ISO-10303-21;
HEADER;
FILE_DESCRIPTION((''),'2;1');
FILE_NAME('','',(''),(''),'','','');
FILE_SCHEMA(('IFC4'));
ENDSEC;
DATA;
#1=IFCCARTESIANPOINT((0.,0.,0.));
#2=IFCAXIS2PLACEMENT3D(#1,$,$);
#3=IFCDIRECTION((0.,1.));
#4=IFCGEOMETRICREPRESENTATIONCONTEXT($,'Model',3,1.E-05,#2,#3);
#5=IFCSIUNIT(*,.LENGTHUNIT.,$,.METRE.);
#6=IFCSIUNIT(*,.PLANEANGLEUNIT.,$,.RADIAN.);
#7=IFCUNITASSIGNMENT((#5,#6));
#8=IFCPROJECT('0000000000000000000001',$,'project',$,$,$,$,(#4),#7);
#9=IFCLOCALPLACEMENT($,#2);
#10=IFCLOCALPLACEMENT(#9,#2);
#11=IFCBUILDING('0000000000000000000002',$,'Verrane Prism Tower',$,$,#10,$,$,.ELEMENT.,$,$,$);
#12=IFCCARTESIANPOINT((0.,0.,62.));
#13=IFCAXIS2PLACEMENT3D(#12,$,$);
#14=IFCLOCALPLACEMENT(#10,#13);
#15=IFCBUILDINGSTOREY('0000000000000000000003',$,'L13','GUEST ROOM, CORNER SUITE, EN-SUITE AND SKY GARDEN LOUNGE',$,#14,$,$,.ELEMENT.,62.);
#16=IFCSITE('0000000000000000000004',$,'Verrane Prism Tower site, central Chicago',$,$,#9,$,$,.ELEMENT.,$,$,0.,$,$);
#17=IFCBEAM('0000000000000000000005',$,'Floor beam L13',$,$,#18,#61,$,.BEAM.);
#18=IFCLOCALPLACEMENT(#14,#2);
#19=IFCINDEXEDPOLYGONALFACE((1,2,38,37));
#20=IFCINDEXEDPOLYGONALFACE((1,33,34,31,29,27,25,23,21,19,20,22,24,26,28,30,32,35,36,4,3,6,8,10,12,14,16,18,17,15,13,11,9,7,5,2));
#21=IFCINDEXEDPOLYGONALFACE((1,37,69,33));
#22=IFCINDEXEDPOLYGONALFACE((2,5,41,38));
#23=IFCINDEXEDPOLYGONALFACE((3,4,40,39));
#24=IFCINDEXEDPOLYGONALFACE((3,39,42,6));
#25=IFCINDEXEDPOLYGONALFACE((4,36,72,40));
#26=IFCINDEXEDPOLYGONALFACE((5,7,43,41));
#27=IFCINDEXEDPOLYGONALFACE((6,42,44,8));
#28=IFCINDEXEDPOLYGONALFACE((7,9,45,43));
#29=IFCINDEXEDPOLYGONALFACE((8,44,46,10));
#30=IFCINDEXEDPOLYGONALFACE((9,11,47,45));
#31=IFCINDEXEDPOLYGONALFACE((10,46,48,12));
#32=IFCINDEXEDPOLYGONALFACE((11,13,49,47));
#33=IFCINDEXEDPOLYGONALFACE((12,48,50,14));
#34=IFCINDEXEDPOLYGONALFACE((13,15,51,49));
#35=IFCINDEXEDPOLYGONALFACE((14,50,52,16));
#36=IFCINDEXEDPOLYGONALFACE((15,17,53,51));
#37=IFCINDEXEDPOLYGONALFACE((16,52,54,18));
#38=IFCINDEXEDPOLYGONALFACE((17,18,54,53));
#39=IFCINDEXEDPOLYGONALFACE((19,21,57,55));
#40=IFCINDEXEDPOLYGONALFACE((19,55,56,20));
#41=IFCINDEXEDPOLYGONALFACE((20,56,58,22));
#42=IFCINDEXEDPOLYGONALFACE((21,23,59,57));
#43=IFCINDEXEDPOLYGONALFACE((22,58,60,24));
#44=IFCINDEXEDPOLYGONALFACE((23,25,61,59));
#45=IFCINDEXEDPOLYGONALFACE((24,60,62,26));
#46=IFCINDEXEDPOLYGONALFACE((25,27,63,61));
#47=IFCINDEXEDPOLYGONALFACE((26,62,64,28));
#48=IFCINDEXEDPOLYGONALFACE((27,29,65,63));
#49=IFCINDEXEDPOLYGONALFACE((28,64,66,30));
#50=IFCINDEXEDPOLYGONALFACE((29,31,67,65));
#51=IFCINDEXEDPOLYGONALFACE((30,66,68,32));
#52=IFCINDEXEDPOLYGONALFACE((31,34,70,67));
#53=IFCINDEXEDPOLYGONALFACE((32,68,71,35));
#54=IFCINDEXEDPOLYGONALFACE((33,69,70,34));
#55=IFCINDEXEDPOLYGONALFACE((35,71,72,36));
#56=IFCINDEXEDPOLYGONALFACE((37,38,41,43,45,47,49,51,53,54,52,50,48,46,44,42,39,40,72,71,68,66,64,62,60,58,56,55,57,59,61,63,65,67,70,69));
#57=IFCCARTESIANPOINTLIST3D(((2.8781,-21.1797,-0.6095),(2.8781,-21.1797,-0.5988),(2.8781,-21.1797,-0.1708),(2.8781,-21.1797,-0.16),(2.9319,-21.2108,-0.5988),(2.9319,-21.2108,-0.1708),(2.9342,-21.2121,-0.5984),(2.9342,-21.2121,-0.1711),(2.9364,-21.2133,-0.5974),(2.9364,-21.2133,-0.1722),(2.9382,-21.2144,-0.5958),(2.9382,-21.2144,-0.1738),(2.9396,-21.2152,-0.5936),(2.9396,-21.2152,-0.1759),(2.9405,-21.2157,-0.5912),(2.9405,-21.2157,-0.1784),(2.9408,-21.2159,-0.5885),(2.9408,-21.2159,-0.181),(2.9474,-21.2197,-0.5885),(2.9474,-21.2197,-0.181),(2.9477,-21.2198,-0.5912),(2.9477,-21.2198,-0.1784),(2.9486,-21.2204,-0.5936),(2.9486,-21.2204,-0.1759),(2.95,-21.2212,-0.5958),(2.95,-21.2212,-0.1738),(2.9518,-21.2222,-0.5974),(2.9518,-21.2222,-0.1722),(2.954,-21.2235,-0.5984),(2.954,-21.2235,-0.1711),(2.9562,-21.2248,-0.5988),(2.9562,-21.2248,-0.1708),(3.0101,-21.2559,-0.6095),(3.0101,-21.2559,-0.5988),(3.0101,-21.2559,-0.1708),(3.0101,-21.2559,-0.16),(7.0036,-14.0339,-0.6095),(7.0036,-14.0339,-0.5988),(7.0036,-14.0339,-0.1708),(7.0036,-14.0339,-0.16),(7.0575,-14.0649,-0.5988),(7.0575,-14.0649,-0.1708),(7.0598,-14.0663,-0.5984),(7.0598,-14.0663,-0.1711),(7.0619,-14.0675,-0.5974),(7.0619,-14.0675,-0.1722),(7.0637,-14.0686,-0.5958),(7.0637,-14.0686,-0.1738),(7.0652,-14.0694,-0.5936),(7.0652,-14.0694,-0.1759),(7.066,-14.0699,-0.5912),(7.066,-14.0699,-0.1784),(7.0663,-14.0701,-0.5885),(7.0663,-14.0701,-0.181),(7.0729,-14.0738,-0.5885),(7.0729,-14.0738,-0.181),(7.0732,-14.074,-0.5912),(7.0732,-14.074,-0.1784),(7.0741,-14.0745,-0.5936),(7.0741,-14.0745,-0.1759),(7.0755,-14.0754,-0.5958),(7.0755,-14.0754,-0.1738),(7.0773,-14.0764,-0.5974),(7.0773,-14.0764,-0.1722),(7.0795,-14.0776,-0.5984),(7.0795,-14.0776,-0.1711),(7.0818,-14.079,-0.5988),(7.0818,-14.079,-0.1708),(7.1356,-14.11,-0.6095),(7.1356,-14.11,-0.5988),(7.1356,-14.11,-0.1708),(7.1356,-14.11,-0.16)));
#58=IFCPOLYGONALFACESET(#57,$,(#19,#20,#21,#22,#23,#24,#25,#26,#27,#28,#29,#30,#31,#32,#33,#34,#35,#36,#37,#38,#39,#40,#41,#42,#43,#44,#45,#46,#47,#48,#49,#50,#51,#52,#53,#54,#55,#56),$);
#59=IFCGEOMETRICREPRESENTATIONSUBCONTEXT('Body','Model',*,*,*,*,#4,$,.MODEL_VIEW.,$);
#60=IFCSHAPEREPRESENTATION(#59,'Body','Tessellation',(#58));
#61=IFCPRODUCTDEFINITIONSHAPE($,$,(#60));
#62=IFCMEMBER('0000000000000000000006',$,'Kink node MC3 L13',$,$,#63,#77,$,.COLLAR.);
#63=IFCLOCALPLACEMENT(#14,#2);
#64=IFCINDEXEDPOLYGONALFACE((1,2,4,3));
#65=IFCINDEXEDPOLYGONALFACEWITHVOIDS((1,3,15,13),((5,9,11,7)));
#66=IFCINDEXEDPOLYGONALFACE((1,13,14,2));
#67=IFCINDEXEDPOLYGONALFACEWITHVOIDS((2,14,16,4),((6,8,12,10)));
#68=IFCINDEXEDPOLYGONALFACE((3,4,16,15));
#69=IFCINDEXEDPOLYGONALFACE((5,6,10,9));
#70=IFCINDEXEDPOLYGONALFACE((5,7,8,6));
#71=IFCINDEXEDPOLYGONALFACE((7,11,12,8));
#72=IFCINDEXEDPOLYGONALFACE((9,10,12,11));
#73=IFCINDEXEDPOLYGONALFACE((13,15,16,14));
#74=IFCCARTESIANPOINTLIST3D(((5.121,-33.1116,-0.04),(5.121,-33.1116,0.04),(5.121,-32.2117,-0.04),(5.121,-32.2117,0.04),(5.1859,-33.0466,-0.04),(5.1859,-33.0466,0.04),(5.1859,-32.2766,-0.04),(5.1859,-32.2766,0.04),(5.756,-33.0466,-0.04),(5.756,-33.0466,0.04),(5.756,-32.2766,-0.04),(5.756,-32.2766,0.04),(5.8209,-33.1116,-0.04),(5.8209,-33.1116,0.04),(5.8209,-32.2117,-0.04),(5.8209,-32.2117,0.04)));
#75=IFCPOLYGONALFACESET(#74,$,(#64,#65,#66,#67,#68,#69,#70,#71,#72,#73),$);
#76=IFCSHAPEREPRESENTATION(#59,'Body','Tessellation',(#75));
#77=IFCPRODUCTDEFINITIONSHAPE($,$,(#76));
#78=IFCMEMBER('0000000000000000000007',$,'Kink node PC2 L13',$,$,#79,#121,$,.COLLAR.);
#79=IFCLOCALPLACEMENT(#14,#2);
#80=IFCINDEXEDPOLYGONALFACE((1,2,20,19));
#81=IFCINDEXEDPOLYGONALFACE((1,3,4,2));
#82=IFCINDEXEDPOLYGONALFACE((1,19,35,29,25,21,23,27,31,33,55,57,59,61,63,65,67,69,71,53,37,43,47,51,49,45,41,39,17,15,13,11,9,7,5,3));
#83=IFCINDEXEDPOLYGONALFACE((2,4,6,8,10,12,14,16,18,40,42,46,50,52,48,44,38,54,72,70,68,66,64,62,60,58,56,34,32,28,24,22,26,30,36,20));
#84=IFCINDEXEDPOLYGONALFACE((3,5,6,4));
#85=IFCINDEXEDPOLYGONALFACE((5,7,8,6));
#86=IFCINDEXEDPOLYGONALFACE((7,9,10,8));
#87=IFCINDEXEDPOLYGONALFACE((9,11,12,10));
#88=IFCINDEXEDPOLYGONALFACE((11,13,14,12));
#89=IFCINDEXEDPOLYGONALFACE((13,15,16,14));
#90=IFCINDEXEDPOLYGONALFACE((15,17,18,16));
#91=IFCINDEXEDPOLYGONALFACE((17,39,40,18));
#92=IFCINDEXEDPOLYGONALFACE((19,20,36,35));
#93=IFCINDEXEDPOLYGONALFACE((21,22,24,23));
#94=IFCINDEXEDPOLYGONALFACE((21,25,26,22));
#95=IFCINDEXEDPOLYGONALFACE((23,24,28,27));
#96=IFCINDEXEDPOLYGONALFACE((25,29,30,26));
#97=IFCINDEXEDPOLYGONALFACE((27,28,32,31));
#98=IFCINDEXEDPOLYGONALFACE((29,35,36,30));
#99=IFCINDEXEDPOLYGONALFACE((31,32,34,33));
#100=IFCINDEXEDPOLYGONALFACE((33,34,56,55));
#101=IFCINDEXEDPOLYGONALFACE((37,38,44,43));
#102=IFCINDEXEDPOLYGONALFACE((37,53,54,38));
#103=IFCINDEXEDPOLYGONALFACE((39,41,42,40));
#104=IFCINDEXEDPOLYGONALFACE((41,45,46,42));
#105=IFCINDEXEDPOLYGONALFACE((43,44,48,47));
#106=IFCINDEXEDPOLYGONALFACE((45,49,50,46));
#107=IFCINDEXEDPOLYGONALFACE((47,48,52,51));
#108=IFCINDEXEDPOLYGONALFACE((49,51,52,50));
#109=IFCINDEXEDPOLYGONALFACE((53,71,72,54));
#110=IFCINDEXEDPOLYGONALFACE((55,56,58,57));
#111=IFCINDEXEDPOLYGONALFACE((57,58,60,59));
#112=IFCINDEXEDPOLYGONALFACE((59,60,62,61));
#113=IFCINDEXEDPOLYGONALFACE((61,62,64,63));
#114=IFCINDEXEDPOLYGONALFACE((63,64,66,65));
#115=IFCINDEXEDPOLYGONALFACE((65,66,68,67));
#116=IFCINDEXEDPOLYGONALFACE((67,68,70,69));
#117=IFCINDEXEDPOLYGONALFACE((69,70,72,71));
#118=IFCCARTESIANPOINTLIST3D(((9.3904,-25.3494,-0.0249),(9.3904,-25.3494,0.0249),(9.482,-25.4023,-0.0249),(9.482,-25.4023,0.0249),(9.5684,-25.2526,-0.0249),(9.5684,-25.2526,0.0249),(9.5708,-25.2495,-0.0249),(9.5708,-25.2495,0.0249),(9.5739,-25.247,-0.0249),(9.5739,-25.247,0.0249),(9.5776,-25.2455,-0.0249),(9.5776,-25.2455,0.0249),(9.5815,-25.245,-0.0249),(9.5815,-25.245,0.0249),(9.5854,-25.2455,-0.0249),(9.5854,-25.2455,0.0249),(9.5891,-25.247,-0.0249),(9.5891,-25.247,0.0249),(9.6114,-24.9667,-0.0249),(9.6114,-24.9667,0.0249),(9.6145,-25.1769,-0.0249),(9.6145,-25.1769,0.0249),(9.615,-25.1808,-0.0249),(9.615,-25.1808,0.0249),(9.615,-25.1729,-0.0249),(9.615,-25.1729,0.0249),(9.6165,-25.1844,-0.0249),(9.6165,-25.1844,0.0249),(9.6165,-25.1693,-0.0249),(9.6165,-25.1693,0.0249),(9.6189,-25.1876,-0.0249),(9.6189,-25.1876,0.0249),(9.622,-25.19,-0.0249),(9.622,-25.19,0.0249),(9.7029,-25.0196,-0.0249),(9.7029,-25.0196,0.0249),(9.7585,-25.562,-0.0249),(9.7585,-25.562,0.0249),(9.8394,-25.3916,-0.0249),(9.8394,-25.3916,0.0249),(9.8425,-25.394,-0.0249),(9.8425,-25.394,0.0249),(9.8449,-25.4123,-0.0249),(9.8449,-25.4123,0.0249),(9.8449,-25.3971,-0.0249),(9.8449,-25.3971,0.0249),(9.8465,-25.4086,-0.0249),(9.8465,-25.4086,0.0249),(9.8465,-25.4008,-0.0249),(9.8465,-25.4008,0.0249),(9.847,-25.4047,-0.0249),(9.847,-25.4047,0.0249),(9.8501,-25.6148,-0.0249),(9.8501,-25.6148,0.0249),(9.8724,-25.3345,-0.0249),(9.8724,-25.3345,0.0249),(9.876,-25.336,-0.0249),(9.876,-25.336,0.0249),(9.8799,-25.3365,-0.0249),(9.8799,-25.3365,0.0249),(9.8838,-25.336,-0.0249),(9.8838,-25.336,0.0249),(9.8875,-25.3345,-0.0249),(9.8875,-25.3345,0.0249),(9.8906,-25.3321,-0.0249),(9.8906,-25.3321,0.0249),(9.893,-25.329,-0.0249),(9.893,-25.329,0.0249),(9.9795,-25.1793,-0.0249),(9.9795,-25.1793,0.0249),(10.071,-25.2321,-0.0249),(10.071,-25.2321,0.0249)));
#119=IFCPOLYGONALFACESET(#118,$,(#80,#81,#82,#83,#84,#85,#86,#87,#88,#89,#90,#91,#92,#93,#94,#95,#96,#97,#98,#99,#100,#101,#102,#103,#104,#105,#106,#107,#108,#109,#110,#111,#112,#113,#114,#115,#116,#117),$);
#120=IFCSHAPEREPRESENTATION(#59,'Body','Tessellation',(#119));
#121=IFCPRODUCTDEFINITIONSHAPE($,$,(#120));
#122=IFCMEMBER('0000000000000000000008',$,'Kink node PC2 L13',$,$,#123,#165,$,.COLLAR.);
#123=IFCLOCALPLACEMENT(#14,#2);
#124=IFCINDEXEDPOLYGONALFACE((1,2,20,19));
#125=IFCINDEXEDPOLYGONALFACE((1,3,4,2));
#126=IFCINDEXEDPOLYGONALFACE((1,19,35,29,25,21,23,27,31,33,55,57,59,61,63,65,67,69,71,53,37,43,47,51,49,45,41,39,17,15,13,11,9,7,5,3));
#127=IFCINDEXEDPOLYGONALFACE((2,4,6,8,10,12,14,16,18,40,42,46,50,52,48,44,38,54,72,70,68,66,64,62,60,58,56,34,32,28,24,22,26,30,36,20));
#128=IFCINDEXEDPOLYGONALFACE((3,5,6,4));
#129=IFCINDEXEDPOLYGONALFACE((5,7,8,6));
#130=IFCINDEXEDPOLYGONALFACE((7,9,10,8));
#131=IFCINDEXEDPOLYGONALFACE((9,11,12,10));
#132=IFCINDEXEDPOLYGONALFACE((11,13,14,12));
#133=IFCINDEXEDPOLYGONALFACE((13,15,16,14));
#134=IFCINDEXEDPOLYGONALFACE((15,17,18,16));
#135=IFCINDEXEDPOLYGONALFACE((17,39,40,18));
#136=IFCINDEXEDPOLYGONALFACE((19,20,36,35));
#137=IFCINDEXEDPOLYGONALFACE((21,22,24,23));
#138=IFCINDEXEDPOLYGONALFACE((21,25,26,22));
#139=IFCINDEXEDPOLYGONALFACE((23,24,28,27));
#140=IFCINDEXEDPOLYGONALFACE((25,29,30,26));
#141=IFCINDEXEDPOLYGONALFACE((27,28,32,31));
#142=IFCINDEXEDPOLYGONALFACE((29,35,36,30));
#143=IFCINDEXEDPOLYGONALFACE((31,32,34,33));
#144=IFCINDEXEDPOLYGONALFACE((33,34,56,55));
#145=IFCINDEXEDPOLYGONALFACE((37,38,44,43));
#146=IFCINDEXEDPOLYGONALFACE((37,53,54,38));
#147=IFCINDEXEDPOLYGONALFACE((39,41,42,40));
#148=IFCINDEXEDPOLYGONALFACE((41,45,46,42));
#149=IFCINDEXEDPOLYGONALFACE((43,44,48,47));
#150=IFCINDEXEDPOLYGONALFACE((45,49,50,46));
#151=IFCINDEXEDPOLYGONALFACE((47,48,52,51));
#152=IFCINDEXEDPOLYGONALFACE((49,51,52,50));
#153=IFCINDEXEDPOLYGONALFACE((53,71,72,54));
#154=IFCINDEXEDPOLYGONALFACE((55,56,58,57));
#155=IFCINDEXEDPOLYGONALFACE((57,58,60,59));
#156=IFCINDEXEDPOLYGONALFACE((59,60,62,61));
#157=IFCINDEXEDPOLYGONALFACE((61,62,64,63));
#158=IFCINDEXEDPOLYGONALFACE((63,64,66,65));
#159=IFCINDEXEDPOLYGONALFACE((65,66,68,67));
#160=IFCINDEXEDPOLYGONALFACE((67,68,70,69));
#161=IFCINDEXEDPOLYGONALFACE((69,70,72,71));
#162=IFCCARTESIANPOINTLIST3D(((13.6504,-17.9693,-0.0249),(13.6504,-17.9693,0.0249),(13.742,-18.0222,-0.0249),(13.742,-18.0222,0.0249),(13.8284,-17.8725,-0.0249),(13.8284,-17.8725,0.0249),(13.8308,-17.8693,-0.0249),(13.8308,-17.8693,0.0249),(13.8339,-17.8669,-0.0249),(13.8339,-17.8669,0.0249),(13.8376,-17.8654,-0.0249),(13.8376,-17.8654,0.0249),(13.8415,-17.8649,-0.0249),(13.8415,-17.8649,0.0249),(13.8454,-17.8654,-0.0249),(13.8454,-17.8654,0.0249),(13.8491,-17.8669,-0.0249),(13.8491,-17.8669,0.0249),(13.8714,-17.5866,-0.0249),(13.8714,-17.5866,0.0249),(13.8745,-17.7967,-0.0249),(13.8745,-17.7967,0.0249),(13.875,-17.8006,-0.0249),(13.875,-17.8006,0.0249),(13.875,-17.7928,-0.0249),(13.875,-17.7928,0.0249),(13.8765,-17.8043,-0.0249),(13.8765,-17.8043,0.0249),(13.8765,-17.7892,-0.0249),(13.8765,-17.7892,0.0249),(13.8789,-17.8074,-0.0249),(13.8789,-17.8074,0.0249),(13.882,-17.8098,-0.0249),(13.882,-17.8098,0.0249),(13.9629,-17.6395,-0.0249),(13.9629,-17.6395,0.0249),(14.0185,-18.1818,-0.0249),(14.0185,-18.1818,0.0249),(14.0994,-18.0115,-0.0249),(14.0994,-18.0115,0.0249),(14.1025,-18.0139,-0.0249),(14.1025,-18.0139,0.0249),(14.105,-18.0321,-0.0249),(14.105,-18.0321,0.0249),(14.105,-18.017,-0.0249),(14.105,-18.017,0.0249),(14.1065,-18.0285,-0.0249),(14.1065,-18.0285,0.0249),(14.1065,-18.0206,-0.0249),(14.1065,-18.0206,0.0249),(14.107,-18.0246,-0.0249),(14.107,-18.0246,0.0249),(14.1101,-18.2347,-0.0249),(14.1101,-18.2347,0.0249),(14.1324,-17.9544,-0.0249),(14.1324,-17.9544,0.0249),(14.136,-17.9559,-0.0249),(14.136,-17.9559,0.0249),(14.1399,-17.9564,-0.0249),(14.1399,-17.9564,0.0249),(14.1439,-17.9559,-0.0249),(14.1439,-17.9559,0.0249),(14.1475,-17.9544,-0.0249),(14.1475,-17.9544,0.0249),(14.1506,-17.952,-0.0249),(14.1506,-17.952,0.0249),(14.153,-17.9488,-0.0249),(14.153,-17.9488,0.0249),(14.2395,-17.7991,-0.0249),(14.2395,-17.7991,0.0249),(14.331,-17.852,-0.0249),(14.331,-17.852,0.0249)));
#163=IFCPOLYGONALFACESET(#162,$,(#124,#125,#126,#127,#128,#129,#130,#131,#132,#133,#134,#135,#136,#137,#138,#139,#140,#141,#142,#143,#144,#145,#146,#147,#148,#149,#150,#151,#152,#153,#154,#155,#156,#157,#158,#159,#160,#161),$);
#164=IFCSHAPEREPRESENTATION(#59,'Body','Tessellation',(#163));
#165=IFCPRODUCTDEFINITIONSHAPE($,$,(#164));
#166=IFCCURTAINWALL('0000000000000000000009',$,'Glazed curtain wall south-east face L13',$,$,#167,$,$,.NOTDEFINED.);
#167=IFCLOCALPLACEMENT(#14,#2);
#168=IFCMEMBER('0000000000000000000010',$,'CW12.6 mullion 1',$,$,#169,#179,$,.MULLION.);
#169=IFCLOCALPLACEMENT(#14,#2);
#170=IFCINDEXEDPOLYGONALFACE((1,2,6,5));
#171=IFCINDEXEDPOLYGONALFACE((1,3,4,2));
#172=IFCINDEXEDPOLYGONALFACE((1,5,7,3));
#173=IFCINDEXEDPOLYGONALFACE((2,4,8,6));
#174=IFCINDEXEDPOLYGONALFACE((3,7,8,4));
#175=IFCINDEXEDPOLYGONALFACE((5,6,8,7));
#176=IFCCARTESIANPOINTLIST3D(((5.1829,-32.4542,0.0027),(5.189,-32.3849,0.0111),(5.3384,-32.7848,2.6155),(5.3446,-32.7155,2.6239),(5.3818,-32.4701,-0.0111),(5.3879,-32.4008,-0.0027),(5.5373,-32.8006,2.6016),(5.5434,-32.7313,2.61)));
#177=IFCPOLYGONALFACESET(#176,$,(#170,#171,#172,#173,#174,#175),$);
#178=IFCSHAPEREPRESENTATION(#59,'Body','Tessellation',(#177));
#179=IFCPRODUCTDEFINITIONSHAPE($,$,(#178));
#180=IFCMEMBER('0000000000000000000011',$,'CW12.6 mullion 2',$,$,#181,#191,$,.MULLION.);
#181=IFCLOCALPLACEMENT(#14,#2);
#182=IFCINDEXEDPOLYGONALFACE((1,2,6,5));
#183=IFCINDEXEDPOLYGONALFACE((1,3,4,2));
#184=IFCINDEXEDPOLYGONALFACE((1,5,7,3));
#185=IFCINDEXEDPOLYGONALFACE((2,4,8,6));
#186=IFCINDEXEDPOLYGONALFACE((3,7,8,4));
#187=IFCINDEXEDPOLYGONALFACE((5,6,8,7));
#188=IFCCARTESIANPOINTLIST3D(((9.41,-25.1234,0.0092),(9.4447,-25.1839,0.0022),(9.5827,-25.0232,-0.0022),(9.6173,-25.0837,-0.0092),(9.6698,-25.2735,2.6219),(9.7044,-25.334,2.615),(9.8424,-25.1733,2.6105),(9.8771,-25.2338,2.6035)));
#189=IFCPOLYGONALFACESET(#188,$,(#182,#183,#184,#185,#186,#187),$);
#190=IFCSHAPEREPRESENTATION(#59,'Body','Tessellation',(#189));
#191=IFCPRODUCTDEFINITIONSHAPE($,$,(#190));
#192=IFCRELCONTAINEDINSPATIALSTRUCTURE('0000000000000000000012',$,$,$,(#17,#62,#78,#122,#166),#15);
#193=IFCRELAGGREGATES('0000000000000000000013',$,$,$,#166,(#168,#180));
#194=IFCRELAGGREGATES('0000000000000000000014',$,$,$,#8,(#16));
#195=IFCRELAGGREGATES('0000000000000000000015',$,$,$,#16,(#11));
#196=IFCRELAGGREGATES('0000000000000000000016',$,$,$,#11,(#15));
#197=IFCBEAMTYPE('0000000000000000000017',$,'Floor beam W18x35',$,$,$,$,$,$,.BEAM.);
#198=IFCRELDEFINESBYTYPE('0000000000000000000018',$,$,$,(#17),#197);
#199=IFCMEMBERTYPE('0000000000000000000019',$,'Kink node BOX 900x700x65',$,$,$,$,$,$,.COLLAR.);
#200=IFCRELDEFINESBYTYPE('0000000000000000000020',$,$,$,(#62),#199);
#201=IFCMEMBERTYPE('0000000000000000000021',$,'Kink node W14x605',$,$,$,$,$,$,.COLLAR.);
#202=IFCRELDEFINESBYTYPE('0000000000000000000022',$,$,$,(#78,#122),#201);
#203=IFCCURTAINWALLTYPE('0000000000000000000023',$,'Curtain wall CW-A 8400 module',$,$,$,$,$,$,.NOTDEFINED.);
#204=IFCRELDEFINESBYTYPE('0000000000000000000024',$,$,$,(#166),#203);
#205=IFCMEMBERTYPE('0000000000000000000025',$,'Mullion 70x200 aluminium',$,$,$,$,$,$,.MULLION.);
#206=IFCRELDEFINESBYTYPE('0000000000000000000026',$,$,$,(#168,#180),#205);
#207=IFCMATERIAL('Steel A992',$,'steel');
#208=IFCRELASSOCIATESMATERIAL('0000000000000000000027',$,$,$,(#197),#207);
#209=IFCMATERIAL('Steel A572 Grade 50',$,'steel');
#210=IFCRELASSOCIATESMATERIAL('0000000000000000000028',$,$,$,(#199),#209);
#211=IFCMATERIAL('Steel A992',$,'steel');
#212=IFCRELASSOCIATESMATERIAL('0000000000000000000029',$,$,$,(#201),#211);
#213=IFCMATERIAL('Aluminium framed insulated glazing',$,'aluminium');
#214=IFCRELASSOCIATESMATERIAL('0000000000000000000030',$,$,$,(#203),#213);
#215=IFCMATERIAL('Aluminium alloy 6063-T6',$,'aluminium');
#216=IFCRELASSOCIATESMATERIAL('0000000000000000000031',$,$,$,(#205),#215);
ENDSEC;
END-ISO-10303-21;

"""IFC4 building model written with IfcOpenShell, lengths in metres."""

from ifc_helpers import new_model, si_unit, direction, frame, origin, origin_2d, place, context, subcontext, project, spatial, rectangle, hollow_rectangle, i_section, extrude, material, material_profile, profile_set, type_object, element, aggregate, save


model = new_model("IFC4")

# Units and contexts
model_context = context("Model", 3, precision=1e-05, world=origin(), true_north=direction((0.0, 1.0)))
body_context = subcontext(model_context, "Body", "Model", "MODEL_VIEW")
ifc_project = project(units=[si_unit("LENGTHUNIT", "METRE"), si_unit("PLANEANGLEUNIT", "RADIAN")], contexts=[model_context])

# Site, building, storey
site_placement = place(None, origin())
site = spatial("IfcSite", under=ifc_project, at=site_placement, Name="Verrane Prism Tower site, central Chicago", CompositionType="ELEMENT", RefElevation=0.0)
building_placement = place(site_placement, origin())
building = spatial("IfcBuilding", under=site, at=building_placement, Name="Verrane Prism Tower", CompositionType="ELEMENT")
storey_placement = place(building_placement, frame((0.0, 0.0, 62.0)))
storey = spatial("IfcBuildingStorey", under=building, at=storey_placement, Name="L13", Description="GUEST ROOM, CORNER SUITE, EN-SUITE AND SKY GARDEN LOUNGE", CompositionType="ELEMENT", Elevation=62.0)

# Beam
ifc_material_1 = material(Name="Steel A992", Category="steel")
ifc_material_profile_1 = material_profile(ifc_material_1, i_section(OverallWidth=0.1523, OverallDepth=0.4495, WebThickness=0.0076, FlangeThickness=0.0107, FilletRadius=0.0103, at=origin_2d()), Name="W18x35")
ifc_profile_set_1 = profile_set([ifc_material_profile_1], Name="Steel A992")
beam_type_1 = type_object("IfcBeamType", Name="Floor beam W18x35", PredefinedType="BEAM", material=ifc_profile_set_1)
beam_1_placement = place(storey_placement, frame((2.9441, -21.2178, -0.3848), z_axis=(0.49999, 0.866031, 0.0), x_axis=(-0.866031, 0.49999, 0.0)))
element("IfcBeam", 1, at=beam_1_placement, inside=storey, type_object=beam_type_1, Name="Floor beam L13", PredefinedType="BEAM", context=body_context, shape_type="SweptSolid", body=[
    extrude(i_section(OverallWidth=0.1523, OverallDepth=0.4495, WebThickness=0.0076, FlangeThickness=0.0107, FilletRadius=0.0103, at=origin_2d()), origin(), (0.0, 0.0, 1.0), 8.2512),
])

# Members
ifc_material_2 = material(Name="Steel A572 Grade 50", Category="steel")
ifc_material_profile_2 = material_profile(ifc_material_2, hollow_rectangle(XDim=0.7, YDim=0.8999, WallThickness=0.0649, at=origin_2d()), Name="BOX 900x700x65")
ifc_profile_set_2 = profile_set([ifc_material_profile_2], Name="Steel A572 Grade 50")
member_type_1 = type_object("IfcMemberType", Name="Kink node BOX 900x700x65", PredefinedType="COLLAR", material=ifc_profile_set_2)
member_1_placement = place(storey_placement, frame((5.4709, -32.6616, -0.04), z_axis=(0.0, 0.0, 1.0), x_axis=(-1.0, 0.0, 0.0)))
element("IfcMember", 2, at=member_1_placement, inside=storey, type_object=member_type_1, Name="Kink node MC3 L13", PredefinedType="COLLAR", context=body_context, shape_type="SweptSolid", body=[
    extrude(hollow_rectangle(XDim=0.7, YDim=0.8999, WallThickness=0.0649, at=origin_2d()), origin(), (0.0, 0.0, 1.0), 0.0801),
])
ifc_material_3 = material(Name="Steel A992", Category="steel")
ifc_material_profile_3 = material_profile(ifc_material_3, i_section(OverallWidth=0.4419, OverallDepth=0.5308, WebThickness=0.0659, FlangeThickness=0.1057, FilletRadius=0.0151, at=origin_2d()), Name="W14x605")
ifc_profile_set_3 = profile_set([ifc_material_profile_3], Name="Steel A992")
member_type_2 = type_object("IfcMemberType", Name="Kink node W14x605", PredefinedType="COLLAR", material=ifc_profile_set_3)
for number, where, z_axis, x_axis, name in (
    (3, (9.7307, -25.2908, -0.0249), (0.0, 0.0, 1.0), (-0.5, -0.866025, 0.0), "Kink node PC2 L13"),
    (4, (13.9907, -17.9106, -0.0249), (0.0, 0.0, 1.0), (-0.5, -0.866025, 0.0), "Kink node PC2 L13"),
):
    element("IfcMember", number, at=place(storey_placement, frame(where, z_axis=z_axis, x_axis=x_axis)), inside=storey, type_object=member_type_2, Name=name, PredefinedType="COLLAR", context=body_context, shape_type="SweptSolid", body=[
        extrude(i_section(OverallWidth=0.4419, OverallDepth=0.5308, WebThickness=0.0659, FlangeThickness=0.1057, FilletRadius=0.0151, at=origin_2d()), origin(), (0.0, 0.0, 1.0), 0.0498),
    ])

# Curtain wall, members
ifc_material_4 = material(Name="Aluminium framed insulated glazing", Category="aluminium")
curtain_wall_type = type_object("IfcCurtainWallType", Name="Curtain wall CW-A 8400 module", PredefinedType="NOTDEFINED", material=ifc_material_4)
curtain_wall_placement = place(storey_placement, origin())
curtain_wall = element("IfcCurtainWall", 5, at=curtain_wall_placement, inside=storey, type_object=curtain_wall_type, Name="Glazed curtain wall south-east face L13", PredefinedType="NOTDEFINED")
ifc_material_5 = material(Name="Aluminium alloy 6063-T6", Category="aluminium")
ifc_material_profile_4 = material_profile(ifc_material_5, rectangle(XDim=0.2, YDim=0.0701, at=origin_2d()), Name="Mullion 70x200 aluminium")
ifc_profile_set_4 = profile_set([ifc_material_profile_4], Name="Aluminium alloy 6063-T6")
member_type_3 = type_object("IfcMemberType", Name="Mullion 70x200 aluminium", PredefinedType="MULLION", material=ifc_profile_set_4)
member_2_placement = place(storey_placement, frame((5.2854, -32.4275, 0.0), z_axis=(0.058948, -0.1253, 0.990366), x_axis=(-0.994435, 0.079405, 0.069237)))
member_2 = element("IfcMember", 6, at=member_2_placement, type_object=member_type_3, Name="CW12.6 mullion 1", PredefinedType="MULLION", context=body_context, shape_type="SweptSolid", body=[
    extrude(rectangle(XDim=0.2, YDim=0.0701, at=origin_2d()), origin(), (0.0, 0.0, 1.0), 2.6382),
])
member_3_placement = place(storey_placement, frame((9.5137, -25.1035, 0.0), z_axis=(0.098772, -0.057091, 0.993471), x_axis=(-0.863445, -0.501207, 0.057042)))
member_3 = element("IfcMember", 7, at=member_3_placement, type_object=member_type_3, Name="CW12.6 mullion 2", PredefinedType="MULLION", context=body_context, shape_type="SweptSolid", body=[
    extrude(rectangle(XDim=0.2, YDim=0.0701, at=origin_2d()), origin(), (0.0, 0.0, 1.0), 2.6299),
])

aggregate(curtain_wall, [member_2, member_3])

save(model, "model.ifc")
